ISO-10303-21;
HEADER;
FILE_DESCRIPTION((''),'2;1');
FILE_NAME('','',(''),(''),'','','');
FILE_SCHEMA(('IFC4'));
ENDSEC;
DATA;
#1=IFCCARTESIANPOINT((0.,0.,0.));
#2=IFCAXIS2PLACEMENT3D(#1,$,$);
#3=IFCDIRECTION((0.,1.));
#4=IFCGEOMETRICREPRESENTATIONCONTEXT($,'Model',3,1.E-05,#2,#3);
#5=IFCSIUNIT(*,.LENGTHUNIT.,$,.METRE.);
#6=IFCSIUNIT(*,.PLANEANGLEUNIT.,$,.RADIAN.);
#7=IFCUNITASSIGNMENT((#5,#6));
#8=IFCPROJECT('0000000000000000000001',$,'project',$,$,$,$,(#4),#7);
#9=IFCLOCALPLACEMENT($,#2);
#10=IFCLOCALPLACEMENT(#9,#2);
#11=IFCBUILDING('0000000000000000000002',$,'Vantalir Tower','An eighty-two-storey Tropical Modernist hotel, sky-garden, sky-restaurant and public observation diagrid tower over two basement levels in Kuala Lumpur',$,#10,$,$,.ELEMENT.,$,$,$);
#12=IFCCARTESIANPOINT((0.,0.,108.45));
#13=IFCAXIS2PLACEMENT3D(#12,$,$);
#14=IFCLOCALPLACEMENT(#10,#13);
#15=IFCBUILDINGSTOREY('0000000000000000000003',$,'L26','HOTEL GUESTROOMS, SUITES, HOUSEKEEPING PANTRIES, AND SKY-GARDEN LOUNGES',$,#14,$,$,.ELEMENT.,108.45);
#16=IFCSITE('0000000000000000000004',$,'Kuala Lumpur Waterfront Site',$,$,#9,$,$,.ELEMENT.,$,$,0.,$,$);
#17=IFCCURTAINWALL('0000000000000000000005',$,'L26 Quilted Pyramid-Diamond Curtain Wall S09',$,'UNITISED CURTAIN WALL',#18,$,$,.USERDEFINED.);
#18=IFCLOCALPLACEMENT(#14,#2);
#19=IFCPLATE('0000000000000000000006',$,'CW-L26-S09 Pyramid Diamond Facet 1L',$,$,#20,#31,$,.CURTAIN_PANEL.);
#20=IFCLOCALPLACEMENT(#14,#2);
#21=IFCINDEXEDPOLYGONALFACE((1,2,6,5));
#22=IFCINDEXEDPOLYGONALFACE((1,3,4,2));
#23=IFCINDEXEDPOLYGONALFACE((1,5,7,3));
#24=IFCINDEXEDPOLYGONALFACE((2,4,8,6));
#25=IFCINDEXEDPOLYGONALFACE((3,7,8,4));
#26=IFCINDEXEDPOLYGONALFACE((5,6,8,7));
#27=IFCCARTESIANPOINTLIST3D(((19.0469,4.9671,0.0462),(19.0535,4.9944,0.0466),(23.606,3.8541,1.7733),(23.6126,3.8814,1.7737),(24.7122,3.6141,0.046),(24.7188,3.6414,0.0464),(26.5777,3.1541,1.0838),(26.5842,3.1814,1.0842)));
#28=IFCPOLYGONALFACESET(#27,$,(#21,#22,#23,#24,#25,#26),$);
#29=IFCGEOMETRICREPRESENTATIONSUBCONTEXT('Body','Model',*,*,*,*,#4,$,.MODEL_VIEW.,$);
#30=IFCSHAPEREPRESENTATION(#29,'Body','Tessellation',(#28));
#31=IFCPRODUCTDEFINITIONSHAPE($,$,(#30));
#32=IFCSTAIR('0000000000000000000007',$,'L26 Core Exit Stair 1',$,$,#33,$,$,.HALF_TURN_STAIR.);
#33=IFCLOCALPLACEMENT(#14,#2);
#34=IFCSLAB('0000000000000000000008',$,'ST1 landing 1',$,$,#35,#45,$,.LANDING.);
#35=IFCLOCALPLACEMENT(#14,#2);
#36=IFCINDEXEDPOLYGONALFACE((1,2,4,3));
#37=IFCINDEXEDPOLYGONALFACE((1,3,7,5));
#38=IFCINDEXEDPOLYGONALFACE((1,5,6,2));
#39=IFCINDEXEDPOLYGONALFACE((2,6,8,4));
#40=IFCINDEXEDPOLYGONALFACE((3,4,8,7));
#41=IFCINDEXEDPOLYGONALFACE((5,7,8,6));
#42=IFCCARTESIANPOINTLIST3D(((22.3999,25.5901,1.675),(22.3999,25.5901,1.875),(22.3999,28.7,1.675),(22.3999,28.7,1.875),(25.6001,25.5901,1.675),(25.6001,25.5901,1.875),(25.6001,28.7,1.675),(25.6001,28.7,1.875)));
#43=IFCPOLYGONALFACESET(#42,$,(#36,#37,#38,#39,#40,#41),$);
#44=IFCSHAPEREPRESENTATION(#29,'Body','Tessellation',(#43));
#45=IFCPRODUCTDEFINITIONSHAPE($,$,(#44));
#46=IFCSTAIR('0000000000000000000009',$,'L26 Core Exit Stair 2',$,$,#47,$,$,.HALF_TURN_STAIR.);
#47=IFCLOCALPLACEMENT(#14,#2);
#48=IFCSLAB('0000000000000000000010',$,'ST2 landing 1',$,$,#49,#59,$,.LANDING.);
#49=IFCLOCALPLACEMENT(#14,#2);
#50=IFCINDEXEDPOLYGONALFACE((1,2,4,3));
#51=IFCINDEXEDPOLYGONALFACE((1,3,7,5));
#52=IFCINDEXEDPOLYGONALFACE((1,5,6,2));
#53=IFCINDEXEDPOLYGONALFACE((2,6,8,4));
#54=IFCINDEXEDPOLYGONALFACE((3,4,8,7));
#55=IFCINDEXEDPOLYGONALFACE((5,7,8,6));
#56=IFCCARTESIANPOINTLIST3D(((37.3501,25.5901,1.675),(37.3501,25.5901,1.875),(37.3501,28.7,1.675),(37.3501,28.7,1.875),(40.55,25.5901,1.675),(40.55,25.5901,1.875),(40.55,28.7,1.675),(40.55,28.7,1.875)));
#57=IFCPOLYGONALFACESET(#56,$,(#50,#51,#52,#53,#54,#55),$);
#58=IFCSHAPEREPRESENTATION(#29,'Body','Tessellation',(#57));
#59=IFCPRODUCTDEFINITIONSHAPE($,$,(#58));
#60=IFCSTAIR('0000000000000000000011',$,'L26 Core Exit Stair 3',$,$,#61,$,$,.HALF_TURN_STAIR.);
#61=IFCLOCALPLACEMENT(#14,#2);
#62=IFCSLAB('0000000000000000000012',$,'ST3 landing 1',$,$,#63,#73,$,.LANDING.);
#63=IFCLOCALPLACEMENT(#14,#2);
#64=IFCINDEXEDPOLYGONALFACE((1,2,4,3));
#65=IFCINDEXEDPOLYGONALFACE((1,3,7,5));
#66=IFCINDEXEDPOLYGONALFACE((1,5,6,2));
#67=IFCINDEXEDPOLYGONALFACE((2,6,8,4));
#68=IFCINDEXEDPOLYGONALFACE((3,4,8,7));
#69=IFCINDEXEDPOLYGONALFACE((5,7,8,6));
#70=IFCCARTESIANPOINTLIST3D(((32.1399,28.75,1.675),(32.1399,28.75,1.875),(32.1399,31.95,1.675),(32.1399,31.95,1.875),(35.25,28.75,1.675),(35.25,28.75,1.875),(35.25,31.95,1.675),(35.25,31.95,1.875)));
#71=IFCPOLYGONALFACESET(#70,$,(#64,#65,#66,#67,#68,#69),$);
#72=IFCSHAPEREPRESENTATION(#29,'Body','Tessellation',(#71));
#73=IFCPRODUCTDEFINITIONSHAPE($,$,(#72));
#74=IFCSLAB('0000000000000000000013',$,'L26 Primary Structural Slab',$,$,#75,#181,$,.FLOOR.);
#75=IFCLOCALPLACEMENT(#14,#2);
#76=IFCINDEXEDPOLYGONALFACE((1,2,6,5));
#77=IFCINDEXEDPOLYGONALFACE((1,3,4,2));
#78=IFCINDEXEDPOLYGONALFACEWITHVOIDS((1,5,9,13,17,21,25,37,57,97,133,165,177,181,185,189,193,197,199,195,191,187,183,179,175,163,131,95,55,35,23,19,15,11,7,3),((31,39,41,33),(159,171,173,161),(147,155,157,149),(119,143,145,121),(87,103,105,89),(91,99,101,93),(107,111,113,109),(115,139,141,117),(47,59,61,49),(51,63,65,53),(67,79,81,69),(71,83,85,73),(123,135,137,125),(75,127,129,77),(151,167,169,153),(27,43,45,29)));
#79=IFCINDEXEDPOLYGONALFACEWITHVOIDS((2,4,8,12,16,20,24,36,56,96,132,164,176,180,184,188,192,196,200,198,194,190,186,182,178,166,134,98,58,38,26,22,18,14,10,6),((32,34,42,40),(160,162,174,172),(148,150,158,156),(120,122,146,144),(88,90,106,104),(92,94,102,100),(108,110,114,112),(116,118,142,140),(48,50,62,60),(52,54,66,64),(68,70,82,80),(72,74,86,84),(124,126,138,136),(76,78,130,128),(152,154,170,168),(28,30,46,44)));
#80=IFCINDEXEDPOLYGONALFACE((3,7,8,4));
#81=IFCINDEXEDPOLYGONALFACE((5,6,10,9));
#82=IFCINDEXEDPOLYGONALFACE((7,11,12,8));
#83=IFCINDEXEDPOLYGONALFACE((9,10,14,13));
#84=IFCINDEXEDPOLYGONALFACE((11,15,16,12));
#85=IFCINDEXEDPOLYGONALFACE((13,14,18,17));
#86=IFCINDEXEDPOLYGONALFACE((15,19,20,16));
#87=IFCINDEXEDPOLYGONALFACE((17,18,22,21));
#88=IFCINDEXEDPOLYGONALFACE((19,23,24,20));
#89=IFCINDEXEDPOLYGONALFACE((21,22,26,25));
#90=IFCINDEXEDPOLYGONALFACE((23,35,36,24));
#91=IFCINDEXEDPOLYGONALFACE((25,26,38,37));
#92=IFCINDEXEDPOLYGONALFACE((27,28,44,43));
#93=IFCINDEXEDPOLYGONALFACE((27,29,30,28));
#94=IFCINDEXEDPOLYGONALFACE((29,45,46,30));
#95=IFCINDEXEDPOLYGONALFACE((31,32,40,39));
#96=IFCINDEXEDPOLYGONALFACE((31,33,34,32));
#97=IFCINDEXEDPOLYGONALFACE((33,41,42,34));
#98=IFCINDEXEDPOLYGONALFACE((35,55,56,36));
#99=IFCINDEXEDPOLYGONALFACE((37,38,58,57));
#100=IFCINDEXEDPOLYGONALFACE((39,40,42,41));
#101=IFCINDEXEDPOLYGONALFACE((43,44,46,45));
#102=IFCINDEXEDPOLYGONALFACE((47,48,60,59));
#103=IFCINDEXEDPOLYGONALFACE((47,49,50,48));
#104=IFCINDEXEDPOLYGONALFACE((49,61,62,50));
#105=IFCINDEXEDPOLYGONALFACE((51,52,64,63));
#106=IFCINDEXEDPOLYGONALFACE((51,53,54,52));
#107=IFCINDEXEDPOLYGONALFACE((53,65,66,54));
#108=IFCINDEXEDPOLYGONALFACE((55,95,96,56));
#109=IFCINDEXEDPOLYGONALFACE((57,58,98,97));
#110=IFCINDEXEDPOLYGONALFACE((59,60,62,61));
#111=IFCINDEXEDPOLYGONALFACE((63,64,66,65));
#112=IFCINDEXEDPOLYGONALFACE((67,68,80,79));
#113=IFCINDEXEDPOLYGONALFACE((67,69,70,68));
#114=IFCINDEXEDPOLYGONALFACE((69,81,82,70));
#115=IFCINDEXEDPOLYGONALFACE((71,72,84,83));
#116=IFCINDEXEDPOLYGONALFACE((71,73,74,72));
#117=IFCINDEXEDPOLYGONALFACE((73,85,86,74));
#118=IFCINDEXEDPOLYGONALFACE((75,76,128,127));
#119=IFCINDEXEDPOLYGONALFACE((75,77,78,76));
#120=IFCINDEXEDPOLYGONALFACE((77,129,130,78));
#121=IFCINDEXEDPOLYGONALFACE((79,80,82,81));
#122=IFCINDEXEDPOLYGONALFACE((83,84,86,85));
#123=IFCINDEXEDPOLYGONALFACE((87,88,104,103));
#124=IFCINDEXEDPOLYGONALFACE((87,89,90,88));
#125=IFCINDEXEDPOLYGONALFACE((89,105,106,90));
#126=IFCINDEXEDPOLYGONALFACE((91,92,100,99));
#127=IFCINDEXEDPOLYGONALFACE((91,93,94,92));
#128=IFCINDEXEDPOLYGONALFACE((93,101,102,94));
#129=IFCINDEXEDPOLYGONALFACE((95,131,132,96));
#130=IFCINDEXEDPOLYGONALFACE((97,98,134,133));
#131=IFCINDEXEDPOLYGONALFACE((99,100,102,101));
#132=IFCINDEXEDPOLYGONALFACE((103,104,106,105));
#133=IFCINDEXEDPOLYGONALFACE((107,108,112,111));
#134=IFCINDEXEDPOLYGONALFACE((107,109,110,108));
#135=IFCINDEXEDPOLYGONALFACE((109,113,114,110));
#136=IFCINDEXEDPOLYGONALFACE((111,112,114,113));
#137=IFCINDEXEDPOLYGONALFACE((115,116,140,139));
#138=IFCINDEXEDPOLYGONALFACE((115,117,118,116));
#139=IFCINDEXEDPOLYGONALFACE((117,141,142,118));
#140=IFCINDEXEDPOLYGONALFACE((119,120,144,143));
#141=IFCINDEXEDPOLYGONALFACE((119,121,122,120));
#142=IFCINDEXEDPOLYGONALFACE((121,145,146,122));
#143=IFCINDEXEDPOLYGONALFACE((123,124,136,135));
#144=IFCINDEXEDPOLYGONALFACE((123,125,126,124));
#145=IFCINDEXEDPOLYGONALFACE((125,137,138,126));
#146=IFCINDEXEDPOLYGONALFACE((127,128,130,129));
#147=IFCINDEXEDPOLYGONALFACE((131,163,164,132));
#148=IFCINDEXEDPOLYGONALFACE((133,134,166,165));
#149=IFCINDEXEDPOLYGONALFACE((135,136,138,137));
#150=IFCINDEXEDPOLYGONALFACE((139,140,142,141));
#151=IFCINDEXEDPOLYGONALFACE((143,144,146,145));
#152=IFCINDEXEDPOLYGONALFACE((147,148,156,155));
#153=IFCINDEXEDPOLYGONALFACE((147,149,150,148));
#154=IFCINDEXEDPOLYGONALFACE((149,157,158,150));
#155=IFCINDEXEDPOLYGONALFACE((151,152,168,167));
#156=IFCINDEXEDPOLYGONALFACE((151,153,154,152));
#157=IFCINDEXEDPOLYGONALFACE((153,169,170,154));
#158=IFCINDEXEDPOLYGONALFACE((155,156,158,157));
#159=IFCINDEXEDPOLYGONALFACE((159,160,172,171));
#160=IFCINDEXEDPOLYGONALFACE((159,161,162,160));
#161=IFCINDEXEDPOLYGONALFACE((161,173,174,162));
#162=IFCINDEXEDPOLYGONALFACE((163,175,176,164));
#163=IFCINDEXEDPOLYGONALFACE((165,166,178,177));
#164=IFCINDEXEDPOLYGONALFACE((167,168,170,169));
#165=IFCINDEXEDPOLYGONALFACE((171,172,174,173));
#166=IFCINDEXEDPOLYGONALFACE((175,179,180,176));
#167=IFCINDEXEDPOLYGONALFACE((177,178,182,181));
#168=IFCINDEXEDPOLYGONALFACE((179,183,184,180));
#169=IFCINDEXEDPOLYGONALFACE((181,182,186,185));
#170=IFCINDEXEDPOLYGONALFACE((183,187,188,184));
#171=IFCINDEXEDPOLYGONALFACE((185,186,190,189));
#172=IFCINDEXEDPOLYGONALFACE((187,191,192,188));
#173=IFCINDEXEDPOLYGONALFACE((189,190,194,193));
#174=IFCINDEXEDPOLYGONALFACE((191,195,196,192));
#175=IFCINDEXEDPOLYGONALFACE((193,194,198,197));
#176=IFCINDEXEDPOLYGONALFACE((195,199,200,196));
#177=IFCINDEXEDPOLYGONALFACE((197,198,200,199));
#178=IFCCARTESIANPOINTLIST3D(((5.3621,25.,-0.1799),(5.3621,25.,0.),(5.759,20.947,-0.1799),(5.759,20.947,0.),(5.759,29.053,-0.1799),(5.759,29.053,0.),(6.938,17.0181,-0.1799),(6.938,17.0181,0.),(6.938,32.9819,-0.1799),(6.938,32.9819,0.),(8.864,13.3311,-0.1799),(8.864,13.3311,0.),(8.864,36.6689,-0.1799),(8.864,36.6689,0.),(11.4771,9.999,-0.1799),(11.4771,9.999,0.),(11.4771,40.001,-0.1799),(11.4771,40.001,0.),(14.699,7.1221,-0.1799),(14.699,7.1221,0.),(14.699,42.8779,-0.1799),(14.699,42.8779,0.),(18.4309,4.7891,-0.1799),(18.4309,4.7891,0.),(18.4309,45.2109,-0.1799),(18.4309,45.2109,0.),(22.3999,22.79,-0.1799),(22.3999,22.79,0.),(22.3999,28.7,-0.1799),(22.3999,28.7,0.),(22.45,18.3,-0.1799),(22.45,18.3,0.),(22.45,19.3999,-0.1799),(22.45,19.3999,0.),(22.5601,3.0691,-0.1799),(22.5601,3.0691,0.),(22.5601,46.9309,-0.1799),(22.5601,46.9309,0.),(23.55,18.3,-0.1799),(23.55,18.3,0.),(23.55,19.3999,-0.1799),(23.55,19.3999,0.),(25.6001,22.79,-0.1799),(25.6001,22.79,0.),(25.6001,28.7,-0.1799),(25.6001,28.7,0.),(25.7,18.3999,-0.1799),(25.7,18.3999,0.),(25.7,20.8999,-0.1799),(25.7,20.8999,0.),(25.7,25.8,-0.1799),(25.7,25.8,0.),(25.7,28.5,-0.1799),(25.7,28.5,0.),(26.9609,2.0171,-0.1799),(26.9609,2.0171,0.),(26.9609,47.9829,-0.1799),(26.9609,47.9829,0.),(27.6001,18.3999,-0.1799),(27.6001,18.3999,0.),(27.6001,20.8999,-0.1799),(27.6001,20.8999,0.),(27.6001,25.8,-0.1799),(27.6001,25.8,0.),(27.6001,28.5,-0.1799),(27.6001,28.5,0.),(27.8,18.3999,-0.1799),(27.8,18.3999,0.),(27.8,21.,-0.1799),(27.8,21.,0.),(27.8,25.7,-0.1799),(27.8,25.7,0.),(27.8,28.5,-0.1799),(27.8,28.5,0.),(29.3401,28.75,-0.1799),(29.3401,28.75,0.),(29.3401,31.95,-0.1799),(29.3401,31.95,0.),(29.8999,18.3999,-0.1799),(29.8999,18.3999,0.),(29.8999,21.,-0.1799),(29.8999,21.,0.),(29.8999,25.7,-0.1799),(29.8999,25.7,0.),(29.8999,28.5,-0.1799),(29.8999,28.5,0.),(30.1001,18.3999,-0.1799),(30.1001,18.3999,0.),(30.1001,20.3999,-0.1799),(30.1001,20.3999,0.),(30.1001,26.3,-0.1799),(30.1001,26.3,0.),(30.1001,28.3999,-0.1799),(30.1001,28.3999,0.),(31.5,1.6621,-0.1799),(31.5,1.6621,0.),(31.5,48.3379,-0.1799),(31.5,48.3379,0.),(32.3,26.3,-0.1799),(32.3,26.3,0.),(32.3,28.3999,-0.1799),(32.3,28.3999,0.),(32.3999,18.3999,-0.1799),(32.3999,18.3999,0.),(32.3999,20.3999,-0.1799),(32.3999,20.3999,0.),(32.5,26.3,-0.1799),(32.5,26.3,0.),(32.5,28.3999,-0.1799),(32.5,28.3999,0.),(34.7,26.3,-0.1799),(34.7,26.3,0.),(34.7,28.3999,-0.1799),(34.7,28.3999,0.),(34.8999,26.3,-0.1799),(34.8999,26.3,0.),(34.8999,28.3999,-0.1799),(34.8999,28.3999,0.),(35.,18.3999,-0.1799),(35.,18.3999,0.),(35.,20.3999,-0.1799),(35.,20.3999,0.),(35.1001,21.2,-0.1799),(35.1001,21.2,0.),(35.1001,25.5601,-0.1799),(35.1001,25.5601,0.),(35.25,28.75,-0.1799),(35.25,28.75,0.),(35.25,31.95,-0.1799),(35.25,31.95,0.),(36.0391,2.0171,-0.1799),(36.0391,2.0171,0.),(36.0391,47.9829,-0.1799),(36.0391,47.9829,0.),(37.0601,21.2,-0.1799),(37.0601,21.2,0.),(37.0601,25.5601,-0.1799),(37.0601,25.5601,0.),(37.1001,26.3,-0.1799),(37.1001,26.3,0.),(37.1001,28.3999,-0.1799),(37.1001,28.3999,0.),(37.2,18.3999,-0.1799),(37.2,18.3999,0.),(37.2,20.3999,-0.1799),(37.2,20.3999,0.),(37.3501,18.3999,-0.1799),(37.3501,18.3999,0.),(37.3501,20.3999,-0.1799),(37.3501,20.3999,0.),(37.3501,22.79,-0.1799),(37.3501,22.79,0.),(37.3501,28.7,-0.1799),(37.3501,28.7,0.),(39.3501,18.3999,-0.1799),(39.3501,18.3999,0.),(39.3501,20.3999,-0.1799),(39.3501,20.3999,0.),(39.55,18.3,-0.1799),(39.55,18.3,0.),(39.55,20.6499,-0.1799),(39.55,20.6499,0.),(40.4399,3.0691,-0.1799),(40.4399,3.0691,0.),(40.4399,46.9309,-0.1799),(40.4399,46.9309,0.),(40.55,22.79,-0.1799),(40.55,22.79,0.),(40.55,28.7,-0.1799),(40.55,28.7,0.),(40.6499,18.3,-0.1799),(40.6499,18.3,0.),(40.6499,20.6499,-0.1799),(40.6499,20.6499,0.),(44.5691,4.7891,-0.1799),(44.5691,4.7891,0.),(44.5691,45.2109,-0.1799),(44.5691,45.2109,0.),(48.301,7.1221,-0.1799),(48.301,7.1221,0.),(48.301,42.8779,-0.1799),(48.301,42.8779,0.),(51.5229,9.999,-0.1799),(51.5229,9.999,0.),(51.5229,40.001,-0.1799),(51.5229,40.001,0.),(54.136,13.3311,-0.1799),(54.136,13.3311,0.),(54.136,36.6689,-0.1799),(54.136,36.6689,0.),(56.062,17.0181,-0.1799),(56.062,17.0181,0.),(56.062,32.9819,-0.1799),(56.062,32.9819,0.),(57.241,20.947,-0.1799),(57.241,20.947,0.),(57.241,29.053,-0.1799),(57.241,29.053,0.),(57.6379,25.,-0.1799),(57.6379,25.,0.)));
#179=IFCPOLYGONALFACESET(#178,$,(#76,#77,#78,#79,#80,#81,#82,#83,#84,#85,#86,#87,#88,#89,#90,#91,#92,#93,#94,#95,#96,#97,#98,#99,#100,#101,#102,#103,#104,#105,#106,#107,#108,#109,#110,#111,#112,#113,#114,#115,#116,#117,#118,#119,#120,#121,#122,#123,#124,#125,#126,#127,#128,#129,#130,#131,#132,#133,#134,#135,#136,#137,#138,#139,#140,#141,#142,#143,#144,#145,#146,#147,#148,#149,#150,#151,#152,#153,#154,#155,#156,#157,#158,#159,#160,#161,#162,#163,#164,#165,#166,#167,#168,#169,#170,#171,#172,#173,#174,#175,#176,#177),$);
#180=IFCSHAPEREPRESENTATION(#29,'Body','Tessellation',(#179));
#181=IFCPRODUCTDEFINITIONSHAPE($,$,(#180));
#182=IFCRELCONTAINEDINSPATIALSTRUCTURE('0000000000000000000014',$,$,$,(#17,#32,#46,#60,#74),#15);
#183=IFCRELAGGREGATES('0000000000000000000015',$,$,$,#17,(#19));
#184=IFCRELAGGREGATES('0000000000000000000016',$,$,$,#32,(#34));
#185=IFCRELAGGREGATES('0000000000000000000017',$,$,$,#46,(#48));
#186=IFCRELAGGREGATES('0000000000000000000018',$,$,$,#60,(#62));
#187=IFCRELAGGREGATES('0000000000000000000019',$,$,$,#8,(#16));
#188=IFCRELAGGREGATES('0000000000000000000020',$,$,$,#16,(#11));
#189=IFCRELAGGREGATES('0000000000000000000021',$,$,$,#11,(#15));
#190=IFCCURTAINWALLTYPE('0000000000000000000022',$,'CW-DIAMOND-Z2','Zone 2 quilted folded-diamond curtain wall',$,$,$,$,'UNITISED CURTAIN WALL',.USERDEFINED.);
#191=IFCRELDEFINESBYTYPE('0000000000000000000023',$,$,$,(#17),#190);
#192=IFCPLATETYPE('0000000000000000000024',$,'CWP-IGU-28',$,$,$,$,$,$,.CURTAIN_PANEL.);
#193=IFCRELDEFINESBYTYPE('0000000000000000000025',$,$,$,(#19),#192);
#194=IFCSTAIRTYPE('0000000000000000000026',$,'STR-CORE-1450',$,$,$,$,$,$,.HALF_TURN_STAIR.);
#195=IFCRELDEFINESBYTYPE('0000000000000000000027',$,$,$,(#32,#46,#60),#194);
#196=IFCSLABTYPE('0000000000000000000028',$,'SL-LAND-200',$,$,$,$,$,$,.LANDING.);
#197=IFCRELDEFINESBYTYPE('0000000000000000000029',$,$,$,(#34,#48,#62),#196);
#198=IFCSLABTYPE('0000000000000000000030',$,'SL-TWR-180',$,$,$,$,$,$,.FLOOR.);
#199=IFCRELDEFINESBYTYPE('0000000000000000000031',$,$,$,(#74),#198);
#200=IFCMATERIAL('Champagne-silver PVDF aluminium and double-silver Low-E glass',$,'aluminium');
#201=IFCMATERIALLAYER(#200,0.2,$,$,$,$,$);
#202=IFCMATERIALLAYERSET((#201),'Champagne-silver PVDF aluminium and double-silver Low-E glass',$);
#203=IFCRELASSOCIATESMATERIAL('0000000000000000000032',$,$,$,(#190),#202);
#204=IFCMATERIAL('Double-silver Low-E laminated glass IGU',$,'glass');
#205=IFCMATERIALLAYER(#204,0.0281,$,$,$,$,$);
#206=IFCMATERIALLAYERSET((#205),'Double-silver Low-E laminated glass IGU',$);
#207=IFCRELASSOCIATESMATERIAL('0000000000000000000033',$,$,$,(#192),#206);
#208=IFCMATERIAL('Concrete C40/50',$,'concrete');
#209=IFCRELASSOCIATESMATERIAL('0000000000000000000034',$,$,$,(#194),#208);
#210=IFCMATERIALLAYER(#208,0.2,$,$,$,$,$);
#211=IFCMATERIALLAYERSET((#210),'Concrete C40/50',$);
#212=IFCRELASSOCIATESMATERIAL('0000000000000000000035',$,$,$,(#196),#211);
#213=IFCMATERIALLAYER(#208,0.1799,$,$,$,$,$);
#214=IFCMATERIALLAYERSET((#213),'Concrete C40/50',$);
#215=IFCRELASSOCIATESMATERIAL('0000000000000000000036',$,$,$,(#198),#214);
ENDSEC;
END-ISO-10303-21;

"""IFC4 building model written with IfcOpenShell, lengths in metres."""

from ifc_helpers import new_model, si_unit, direction, frame, origin, place, context, subcontext, project, spatial, polyline, outline, extrude, material, layer, layer_set, type_object, element, aggregate, save


model = new_model("IFC4")

# Units and contexts
model_context = context("Model", 3, precision=1e-05, world=origin(), true_north=direction((0.0, 1.0)))
body_context = subcontext(model_context, "Body", "Model", "MODEL_VIEW")
ifc_project = project(units=[si_unit("LENGTHUNIT", "METRE"), si_unit("PLANEANGLEUNIT", "RADIAN")], contexts=[model_context])

# Site, building, storey
site_placement = place(None, origin())
site = spatial("IfcSite", under=ifc_project, at=site_placement, Name="Kuala Lumpur Waterfront Site", CompositionType="ELEMENT", RefElevation=0.0)
building_placement = place(site_placement, origin())
building = spatial("IfcBuilding", under=site, at=building_placement, Name="Vantalir Tower", Description="An eighty-two-storey Tropical Modernist hotel, sky-garden, sky-restaurant and public observation diagrid tower over two basement levels in Kuala Lumpur", CompositionType="ELEMENT")
storey_placement = place(building_placement, frame((0.0, 0.0, 108.45)))
storey = spatial("IfcBuildingStorey", under=building, at=storey_placement, Name="L26", Description="HOTEL GUESTROOMS, SUITES, HOUSEKEEPING PANTRIES, AND SKY-GARDEN LOUNGES", CompositionType="ELEMENT", Elevation=108.45)

# Shared definitions
ifc_material_1 = material(Name="Champagne-silver PVDF aluminium and double-silver Low-E glass", Category="aluminium")
ifc_layer_1 = layer(ifc_material_1, 0.2)
ifc_layer_set_1 = layer_set([ifc_layer_1], Name="Champagne-silver PVDF aluminium and double-silver Low-E glass")
curtain_wall_type = type_object("IfcCurtainWallType", Name="CW-DIAMOND-Z2", Description="Zone 2 quilted folded-diamond curtain wall", ElementType="UNITISED CURTAIN WALL", PredefinedType="USERDEFINED", material=ifc_layer_set_1)

# Curtain wall, plate
curtain_wall_1_placement = place(storey_placement, origin())
curtain_wall_1 = element("IfcCurtainWall", 1, at=curtain_wall_1_placement, inside=storey, type_object=curtain_wall_type, Name="L26 Quilted Pyramid-Diamond Curtain Wall S09", ObjectType="UNITISED CURTAIN WALL", PredefinedType="USERDEFINED")
ifc_material_2 = material(Name="Double-silver Low-E laminated glass IGU", Category="glass")
ifc_layer_2 = layer(ifc_material_2, 0.0281)
ifc_layer_set_2 = layer_set([ifc_layer_2], Name="Double-silver Low-E laminated glass IGU")
plate_type = type_object("IfcPlateType", Name="CWP-IGU-28", PredefinedType="CURTAIN_PANEL", material=ifc_layer_set_2)
plate_placement = place(storey_placement, frame((19.0535, 4.9944, 0.0466), z_axis=(0.232261, 0.972558, 0.013619), x_axis=(0.972648, -0.232282, -0.000042)))
plate = element("IfcPlate", 2, at=plate_placement, type_object=plate_type, Name="CW-L26-S09 Pyramid Diamond Facet 1L", PredefinedType="CURTAIN_PANEL", context=body_context, shape_type="SweptSolid", body=[
    extrude(outline(polyline([(0.0, 0.0), (5.8246, 0.0), (7.7459, -1.038), (4.6929, -1.7274), (0.0, 0.0)])), origin(), (0.0, 0.0, -1.0), 0.0281),
])
aggregate(curtain_wall_1, [plate])

# Stairs, slabs
ifc_material_3 = material(Name="Concrete C40/50", Category="concrete")
stair_type = type_object("IfcStairType", Name="STR-CORE-1450", PredefinedType="HALF_TURN_STAIR", material=ifc_material_3)
stair_1_placement = place(storey_placement, origin())
stair_1 = element("IfcStair", 3, at=stair_1_placement, inside=storey, type_object=stair_type, Name="L26 Core Exit Stair 1", PredefinedType="HALF_TURN_STAIR")
ifc_layer_3 = layer(ifc_material_3, 0.2)
ifc_layer_set_3 = layer_set([ifc_layer_3], Name="Concrete C40/50")
slab_type_1 = type_object("IfcSlabType", Name="SL-LAND-200", PredefinedType="LANDING", material=ifc_layer_set_3)
slab_1_placement = place(storey_placement, frame((0.0, 0.0, 1.675)))
slab_1 = element("IfcSlab", 4, at=slab_1_placement, type_object=slab_type_1, Name="ST1 landing 1", PredefinedType="LANDING", context=body_context, shape_type="SweptSolid", body=[
    extrude(outline(polyline([(25.6001, 25.5901), (25.6001, 28.7), (22.3999, 28.7), (22.3999, 25.5901), (25.6001, 25.5901)])), origin(), (0.0, 0.0, 1.0), 0.2),
])
aggregate(stair_1, [slab_1])
stair_2_placement = place(storey_placement, origin())
stair_2 = element("IfcStair", 5, at=stair_2_placement, inside=storey, type_object=stair_type, Name="L26 Core Exit Stair 2", PredefinedType="HALF_TURN_STAIR")
slab_2_placement = place(storey_placement, frame((0.0, 0.0, 1.675)))
slab_2 = element("IfcSlab", 6, at=slab_2_placement, type_object=slab_type_1, Name="ST2 landing 1", PredefinedType="LANDING", context=body_context, shape_type="SweptSolid", body=[
    extrude(outline(polyline([(40.55, 25.5901), (40.55, 28.7), (37.3501, 28.7), (37.3501, 25.5901), (40.55, 25.5901)])), origin(), (0.0, 0.0, 1.0), 0.2),
])
aggregate(stair_2, [slab_2])
stair_3_placement = place(storey_placement, origin())
stair_3 = element("IfcStair", 7, at=stair_3_placement, inside=storey, type_object=stair_type, Name="L26 Core Exit Stair 3", PredefinedType="HALF_TURN_STAIR")
slab_3_placement = place(storey_placement, frame((0.0, 0.0, 1.675)))
slab_3 = element("IfcSlab", 8, at=slab_3_placement, type_object=slab_type_1, Name="ST3 landing 1", PredefinedType="LANDING", context=body_context, shape_type="SweptSolid", body=[
    extrude(outline(polyline([(32.1399, 28.75), (35.25, 28.75), (35.25, 31.95), (32.1399, 31.95), (32.1399, 28.75)])), origin(), (0.0, 0.0, 1.0), 0.2),
])
aggregate(stair_3, [slab_3])

# Slab
ifc_layer_4 = layer(ifc_material_3, 0.1799)
ifc_layer_set_4 = layer_set([ifc_layer_4], Name="Concrete C40/50")
slab_type_2 = type_object("IfcSlabType", Name="SL-TWR-180", PredefinedType="FLOOR", material=ifc_layer_set_4)
slab_4_placement = place(storey_placement, frame((0.0, 0.0, -0.1799)))
element("IfcSlab", 9, at=slab_4_placement, inside=storey, type_object=slab_type_2, Name="L26 Primary Structural Slab", PredefinedType="FLOOR", context=body_context, shape_type="SweptSolid", body=[
    extrude(outline(polyline([(8.864, 13.3311), (11.4771, 9.999), (14.699, 7.1221), (18.4309, 4.7891), (22.5601, 3.0691), (26.9609, 2.0171), (31.5, 1.6621), (36.0391, 2.0171), (40.4399, 3.0691), (44.5691, 4.7891), (48.301, 7.1221), (51.5229, 9.999), (54.136, 13.3311), (56.062, 17.0181), (57.241, 20.947), (57.6379, 25.0), (57.241, 29.053), (56.062, 32.9819), (54.136, 36.6689), (51.5229, 40.001), (48.301, 42.8779), (44.5691, 45.2109), (40.4399, 46.9309), (36.0391, 47.9829), (31.5, 48.3379), (26.9609, 47.9829), (22.5601, 46.9309), (18.4309, 45.2109), (14.699, 42.8779), (11.4771, 40.001), (8.864, 36.6689), (6.938, 32.9819), (5.759, 29.053), (5.3621, 25.0), (5.759, 20.947), (6.938, 17.0181), (8.864, 13.3311)]), holes=[polyline([(22.3999, 22.79), (22.3999, 28.7), (25.6001, 28.7), (25.6001, 22.79), (22.3999, 22.79)]), polyline([(37.3501, 28.7), (40.55, 28.7), (40.55, 22.79), (37.3501, 22.79), (37.3501, 28.7)]), polyline([(35.25, 28.75), (29.3401, 28.75), (29.3401, 31.95), (35.25, 31.95), (35.25, 28.75)]), polyline([(27.6001, 18.3999), (25.7, 18.3999), (25.7, 20.8999), (27.6001, 20.8999), (27.6001, 18.3999)]), polyline([(25.7, 25.8), (25.7, 28.5), (27.6001, 28.5), (27.6001, 25.8), (25.7, 25.8)]), polyline([(27.8, 21.0), (29.8999, 21.0), (29.8999, 18.3999), (27.8, 18.3999), (27.8, 21.0)]), polyline([(29.8999, 28.5), (29.8999, 25.7), (27.8, 25.7), (27.8, 28.5), (29.8999, 28.5)]), polyline([(32.3999, 18.3999), (30.1001, 18.3999), (30.1001, 20.3999), (32.3999, 20.3999), (32.3999, 18.3999)]), polyline([(37.3501, 18.3999), (37.3501, 20.3999), (39.3501, 20.3999), (39.3501, 18.3999), (37.3501, 18.3999)]), polyline([(35.0, 20.3999), (37.2, 20.3999), (37.2, 18.3999), (35.0, 18.3999), (35.0, 20.3999)]), polyline([(32.3, 28.3999), (32.3, 26.3), (30.1001, 26.3), (30.1001, 28.3999), (32.3, 28.3999)]), polyline([(34.7, 26.3), (32.5, 26.3), (32.5, 28.3999), (34.7, 28.3999), (34.7, 26.3)]), polyline([(34.8999, 26.3), (34.8999, 28.3999), (37.1001, 28.3999), (37.1001, 26.3), (34.8999, 26.3)]), polyline([(35.1001, 25.5601), (37.0601, 25.5601), (37.0601, 21.2), (35.1001, 21.2), (35.1001, 25.5601)]), polyline([(23.55, 19.3999), (23.55, 18.3), (22.45, 18.3), (22.45, 19.3999), (23.55, 19.3999)]), polyline([(40.6499, 18.3), (39.55, 18.3), (39.55, 20.6499), (40.6499, 20.6499), (40.6499, 18.3)])]), origin(), (0.0, 0.0, 1.0), 0.1799),
])

save(model, "model.ifc")
